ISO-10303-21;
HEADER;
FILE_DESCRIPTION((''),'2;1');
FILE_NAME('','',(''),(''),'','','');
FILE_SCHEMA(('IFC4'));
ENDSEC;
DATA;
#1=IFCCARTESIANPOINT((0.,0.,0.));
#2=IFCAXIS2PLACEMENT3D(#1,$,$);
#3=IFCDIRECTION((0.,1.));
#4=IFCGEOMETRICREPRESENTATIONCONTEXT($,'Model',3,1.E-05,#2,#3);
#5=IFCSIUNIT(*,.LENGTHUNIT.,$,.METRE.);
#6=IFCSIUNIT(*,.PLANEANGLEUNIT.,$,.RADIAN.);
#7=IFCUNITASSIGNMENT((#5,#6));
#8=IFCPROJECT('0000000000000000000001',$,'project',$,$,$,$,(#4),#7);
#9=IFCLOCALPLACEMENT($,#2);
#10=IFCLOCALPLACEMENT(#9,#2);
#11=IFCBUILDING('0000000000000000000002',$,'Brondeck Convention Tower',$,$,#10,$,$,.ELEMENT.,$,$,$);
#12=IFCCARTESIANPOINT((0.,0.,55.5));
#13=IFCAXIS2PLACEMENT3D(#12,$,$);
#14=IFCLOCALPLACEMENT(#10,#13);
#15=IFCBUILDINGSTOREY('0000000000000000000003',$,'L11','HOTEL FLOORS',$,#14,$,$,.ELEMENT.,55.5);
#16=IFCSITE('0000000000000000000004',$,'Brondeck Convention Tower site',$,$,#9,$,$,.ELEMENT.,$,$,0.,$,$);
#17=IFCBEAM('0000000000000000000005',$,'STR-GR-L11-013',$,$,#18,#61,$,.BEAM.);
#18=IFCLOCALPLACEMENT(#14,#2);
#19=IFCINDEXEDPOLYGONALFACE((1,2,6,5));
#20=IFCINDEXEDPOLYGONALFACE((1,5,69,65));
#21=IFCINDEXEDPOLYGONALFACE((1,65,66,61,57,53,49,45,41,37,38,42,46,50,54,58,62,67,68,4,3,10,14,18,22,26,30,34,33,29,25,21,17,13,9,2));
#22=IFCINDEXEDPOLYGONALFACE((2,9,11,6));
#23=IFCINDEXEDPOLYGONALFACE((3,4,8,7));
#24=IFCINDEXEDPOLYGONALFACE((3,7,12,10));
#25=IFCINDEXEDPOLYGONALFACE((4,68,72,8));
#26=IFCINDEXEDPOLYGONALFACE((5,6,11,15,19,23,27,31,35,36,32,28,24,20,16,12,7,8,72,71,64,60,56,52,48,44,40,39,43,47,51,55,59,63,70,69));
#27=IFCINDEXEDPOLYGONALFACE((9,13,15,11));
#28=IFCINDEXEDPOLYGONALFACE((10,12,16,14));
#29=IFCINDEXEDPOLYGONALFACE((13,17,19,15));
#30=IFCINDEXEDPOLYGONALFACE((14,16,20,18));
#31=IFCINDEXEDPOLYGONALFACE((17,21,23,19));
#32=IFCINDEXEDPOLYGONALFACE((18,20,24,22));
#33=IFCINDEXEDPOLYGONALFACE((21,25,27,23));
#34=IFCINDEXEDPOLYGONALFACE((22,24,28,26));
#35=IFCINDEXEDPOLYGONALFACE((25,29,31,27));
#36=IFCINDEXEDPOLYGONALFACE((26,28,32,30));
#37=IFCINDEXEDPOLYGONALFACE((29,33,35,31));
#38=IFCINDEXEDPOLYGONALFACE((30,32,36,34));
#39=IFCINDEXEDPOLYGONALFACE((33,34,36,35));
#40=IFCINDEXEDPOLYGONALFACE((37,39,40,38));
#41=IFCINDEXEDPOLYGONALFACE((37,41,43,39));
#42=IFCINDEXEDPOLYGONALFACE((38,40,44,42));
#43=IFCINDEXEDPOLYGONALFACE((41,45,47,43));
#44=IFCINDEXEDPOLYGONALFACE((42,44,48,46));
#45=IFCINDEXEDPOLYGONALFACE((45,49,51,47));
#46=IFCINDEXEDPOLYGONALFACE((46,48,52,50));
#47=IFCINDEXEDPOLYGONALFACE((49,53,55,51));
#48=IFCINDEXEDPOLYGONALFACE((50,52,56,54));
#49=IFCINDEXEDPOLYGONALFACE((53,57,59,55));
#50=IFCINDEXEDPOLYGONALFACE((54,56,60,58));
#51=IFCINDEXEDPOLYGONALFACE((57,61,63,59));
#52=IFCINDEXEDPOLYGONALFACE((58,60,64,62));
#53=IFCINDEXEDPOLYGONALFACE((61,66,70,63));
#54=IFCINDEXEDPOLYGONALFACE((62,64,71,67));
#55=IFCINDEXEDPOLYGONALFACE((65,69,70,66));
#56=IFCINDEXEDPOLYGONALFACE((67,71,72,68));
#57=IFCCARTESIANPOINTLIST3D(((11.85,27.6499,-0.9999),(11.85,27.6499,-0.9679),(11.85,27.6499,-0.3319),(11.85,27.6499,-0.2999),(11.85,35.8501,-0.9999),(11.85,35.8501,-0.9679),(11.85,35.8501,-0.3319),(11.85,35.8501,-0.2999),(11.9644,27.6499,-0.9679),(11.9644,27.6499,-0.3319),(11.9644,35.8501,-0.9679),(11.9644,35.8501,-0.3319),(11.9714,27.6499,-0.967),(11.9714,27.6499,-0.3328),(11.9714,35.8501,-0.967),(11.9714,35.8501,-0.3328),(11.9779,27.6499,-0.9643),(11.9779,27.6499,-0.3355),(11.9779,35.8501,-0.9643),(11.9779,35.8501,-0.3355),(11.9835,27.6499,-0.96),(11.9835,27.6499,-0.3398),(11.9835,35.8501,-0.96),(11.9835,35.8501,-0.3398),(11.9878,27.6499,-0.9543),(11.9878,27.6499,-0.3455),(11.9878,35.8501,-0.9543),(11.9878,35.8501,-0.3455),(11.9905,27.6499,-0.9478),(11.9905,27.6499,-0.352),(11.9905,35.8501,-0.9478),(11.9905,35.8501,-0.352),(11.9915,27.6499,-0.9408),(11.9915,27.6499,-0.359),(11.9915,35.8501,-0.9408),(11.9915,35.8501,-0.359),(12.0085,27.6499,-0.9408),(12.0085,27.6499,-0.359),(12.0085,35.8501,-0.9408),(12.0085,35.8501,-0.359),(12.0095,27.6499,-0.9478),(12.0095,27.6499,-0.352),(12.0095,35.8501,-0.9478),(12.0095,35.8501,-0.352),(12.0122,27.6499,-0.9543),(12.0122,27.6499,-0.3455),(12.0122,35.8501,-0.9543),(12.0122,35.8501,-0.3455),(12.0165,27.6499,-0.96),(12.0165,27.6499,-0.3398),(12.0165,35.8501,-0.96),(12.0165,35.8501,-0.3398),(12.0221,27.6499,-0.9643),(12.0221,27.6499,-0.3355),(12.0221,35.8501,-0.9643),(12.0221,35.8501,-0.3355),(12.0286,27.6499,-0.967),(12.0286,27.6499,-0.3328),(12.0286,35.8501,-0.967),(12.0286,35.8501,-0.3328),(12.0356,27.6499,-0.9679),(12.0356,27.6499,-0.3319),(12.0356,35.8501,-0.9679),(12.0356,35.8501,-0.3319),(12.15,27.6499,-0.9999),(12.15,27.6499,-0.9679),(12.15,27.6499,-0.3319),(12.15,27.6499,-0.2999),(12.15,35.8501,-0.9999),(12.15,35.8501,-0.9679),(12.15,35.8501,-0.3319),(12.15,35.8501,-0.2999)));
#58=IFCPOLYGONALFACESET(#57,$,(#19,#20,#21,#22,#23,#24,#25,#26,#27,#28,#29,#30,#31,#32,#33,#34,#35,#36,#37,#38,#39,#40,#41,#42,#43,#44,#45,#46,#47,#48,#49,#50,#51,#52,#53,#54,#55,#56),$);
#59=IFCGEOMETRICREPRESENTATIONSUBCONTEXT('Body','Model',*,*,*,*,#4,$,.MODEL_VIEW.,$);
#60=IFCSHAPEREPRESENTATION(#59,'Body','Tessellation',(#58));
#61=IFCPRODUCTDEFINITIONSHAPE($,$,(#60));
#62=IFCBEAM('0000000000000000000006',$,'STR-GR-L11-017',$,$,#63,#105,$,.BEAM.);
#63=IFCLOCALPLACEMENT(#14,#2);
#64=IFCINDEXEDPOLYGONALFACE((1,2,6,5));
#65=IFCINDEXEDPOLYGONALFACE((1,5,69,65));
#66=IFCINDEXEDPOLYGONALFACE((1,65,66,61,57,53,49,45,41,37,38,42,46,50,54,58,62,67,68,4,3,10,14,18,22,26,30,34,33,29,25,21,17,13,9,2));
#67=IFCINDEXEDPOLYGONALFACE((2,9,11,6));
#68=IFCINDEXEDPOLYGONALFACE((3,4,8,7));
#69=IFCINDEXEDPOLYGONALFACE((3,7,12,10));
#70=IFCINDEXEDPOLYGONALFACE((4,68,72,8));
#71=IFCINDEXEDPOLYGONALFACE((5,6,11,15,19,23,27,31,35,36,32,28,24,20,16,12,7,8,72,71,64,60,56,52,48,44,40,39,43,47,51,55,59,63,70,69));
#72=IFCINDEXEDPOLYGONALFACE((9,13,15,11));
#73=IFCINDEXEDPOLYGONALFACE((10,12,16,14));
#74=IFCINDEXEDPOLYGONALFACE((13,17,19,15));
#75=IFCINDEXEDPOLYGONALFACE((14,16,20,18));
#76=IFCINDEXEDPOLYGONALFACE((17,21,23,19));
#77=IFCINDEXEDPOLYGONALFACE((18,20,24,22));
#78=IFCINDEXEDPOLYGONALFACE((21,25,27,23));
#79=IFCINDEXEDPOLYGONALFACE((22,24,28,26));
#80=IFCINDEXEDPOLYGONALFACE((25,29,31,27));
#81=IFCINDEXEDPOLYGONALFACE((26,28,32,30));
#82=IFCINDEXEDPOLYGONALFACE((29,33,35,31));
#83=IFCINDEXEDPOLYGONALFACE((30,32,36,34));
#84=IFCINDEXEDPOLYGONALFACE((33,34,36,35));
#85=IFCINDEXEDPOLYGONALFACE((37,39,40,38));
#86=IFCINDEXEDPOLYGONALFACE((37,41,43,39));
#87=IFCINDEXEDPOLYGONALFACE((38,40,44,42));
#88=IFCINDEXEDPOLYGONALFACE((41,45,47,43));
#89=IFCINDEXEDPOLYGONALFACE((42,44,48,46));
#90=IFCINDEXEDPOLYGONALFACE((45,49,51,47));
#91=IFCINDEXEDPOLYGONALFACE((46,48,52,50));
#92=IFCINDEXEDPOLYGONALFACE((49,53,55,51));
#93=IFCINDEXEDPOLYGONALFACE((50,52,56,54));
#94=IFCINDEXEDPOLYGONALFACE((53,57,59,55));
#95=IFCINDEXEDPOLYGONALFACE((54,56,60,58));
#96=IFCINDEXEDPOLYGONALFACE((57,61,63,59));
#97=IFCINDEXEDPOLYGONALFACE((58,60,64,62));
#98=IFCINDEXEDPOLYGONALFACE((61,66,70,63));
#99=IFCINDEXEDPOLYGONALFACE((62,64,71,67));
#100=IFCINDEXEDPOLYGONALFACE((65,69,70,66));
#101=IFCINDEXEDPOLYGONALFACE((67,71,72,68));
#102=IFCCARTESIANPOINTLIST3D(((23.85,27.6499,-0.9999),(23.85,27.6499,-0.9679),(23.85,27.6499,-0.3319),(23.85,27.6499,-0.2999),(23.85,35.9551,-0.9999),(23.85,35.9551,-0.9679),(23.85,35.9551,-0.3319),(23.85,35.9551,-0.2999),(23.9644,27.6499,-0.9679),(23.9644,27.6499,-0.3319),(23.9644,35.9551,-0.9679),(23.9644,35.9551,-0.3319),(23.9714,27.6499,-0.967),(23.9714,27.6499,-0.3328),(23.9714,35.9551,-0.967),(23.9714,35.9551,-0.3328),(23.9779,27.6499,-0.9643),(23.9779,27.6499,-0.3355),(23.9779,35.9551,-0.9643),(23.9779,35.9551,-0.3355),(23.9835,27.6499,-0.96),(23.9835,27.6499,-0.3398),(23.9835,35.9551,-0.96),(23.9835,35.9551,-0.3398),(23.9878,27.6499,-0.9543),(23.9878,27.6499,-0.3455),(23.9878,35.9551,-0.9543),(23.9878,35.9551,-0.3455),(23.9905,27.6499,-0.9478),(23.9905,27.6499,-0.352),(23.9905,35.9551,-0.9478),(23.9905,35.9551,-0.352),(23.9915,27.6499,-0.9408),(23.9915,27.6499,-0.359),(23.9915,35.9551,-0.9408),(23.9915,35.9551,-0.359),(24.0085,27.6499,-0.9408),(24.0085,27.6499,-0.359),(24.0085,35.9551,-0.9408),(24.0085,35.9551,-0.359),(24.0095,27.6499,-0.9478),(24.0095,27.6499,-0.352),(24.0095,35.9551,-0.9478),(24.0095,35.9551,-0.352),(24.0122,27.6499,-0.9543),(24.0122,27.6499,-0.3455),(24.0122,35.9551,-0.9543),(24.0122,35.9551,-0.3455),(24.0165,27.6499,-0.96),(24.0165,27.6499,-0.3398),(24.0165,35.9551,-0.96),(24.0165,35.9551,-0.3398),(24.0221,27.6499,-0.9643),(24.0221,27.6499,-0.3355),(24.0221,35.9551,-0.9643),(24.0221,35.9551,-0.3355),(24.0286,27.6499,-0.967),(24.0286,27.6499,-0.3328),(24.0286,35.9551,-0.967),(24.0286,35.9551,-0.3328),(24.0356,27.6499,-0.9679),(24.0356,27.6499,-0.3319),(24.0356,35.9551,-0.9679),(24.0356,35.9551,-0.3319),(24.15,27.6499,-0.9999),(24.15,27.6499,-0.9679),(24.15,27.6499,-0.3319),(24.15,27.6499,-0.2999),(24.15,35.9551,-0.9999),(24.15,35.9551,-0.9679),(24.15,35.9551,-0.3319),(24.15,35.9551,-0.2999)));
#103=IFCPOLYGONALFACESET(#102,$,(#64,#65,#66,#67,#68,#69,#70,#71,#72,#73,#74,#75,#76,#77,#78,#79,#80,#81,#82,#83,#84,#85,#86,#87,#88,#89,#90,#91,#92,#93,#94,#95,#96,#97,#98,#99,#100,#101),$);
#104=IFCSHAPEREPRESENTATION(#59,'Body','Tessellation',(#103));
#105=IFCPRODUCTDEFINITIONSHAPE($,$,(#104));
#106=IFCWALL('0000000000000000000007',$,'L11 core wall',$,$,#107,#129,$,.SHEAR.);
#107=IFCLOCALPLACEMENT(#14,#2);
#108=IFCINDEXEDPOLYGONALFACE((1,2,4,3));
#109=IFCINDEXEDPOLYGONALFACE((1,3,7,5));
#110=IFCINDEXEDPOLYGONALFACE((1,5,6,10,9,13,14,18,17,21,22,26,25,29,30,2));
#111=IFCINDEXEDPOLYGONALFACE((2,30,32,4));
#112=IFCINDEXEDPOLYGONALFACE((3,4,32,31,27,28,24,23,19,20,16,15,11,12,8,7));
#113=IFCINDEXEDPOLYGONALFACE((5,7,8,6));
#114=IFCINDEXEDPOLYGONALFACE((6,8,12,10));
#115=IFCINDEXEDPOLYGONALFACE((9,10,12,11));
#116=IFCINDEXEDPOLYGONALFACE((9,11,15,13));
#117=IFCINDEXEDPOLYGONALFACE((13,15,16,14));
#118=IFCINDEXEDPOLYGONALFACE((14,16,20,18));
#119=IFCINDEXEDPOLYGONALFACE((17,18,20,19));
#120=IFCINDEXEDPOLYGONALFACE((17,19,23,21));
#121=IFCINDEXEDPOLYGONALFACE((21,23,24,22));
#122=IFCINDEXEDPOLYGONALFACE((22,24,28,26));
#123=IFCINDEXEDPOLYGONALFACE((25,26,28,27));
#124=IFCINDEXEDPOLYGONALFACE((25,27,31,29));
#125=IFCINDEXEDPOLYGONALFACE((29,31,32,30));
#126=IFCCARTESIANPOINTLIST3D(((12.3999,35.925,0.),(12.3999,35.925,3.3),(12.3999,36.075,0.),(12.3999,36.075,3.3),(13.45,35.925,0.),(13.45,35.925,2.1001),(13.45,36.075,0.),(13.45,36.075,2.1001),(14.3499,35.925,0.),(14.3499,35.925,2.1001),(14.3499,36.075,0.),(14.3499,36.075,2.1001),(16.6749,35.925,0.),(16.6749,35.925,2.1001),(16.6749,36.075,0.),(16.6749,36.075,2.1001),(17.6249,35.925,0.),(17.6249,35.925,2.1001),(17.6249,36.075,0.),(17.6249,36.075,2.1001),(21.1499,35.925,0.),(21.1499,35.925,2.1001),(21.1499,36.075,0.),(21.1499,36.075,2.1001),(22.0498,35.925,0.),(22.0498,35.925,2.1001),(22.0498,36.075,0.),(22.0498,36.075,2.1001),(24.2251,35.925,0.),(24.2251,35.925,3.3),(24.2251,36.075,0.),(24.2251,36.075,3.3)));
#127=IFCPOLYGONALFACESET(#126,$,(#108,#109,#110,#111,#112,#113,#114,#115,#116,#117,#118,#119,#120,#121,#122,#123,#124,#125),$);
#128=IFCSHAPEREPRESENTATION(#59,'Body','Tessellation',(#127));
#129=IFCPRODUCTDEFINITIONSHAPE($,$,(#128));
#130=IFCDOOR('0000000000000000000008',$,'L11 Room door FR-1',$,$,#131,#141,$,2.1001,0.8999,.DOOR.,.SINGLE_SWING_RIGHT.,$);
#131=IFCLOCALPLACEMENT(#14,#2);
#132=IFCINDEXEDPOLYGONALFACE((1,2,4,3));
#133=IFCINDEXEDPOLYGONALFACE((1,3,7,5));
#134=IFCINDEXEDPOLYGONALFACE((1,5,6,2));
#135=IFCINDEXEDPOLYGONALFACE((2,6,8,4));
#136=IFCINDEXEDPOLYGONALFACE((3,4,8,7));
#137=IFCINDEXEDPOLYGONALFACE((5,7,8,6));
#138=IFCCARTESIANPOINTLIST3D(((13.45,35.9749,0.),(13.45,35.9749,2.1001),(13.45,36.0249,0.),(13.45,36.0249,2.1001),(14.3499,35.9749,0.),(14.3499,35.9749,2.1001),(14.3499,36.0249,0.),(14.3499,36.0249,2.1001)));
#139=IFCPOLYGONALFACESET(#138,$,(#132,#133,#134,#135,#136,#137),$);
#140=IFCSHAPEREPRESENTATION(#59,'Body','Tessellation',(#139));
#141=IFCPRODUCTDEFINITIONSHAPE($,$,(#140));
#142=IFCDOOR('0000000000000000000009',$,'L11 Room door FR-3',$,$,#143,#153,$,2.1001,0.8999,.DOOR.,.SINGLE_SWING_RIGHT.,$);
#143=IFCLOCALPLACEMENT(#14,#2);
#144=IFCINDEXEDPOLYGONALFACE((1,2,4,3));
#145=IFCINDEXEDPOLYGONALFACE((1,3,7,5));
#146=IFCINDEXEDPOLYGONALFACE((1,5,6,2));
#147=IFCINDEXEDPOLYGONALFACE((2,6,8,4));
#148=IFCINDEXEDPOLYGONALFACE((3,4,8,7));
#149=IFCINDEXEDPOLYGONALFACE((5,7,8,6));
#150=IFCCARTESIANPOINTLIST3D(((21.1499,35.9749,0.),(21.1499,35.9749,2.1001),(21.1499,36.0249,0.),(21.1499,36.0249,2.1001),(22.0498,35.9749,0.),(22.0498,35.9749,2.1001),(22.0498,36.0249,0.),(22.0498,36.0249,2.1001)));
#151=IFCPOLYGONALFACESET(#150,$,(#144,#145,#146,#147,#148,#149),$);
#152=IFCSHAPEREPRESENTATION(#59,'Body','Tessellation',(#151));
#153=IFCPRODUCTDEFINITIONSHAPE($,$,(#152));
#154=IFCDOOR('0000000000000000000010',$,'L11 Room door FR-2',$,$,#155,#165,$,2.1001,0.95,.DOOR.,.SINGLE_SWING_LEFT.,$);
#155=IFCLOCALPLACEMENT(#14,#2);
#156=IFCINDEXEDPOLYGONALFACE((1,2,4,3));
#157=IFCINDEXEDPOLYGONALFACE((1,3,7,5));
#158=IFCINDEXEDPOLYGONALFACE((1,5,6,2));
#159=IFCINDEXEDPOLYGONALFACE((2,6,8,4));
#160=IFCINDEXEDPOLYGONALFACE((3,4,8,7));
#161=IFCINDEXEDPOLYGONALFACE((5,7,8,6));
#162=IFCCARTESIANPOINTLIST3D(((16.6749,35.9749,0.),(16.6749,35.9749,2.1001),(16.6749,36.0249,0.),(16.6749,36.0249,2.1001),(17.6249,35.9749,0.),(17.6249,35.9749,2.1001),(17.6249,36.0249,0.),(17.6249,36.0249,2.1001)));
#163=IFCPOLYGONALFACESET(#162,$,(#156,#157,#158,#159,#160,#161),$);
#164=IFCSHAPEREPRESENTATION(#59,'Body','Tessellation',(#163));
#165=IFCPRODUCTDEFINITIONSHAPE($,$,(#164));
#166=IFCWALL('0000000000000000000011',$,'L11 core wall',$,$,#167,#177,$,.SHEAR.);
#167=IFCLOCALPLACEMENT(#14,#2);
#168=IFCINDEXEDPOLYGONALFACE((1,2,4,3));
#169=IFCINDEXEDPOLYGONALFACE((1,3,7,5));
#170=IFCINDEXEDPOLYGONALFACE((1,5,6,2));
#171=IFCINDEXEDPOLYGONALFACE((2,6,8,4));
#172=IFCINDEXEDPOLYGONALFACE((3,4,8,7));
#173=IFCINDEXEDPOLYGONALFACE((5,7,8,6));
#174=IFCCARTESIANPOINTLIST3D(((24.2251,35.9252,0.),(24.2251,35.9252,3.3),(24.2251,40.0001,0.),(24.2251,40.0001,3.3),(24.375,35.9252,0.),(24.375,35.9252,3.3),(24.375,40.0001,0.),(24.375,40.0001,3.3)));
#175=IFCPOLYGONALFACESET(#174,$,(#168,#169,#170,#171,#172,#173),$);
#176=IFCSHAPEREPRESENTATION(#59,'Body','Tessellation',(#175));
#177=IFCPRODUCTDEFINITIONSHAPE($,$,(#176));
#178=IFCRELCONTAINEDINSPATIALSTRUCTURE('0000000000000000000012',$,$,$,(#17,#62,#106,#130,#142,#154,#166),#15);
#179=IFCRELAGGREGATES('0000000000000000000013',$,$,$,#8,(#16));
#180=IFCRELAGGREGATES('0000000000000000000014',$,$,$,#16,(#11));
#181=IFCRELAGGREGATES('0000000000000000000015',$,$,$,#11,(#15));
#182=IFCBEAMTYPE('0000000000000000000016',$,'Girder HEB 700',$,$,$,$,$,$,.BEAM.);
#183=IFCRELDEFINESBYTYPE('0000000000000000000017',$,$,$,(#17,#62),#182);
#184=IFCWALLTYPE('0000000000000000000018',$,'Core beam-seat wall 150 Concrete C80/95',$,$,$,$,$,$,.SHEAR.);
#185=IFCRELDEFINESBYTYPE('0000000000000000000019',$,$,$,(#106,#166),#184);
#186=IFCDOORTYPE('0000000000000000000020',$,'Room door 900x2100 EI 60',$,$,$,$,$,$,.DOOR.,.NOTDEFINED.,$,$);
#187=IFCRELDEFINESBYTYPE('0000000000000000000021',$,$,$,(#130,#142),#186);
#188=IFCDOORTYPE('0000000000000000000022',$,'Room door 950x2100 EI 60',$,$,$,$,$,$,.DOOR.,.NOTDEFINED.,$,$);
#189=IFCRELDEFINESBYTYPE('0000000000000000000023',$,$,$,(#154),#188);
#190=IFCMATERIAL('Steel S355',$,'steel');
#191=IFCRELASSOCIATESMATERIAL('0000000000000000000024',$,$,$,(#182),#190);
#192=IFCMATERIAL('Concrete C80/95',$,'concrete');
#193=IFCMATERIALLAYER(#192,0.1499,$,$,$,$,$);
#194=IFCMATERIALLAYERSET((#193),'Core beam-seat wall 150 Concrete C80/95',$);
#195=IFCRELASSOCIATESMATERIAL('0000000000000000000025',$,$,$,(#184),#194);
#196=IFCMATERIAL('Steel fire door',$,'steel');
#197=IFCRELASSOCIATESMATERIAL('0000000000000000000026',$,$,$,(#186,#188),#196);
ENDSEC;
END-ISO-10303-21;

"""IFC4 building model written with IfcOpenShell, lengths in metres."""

from ifc_helpers import new_model, si_unit, direction, frame, frame_2d, origin, origin_2d, place, context, subcontext, project, spatial, rectangle, i_section, extrude, material, layer, layer_set, material_profile, profile_set, type_object, element, fill, save


model = new_model("IFC4")

# Units and contexts
model_context = context("Model", 3, precision=1e-05, world=origin(), true_north=direction((0.0, 1.0)))
body_context = subcontext(model_context, "Body", "Model", "MODEL_VIEW")
ifc_project = project(units=[si_unit("LENGTHUNIT", "METRE"), si_unit("PLANEANGLEUNIT", "RADIAN")], contexts=[model_context])

# Site, building, storey
site_placement = place(None, origin())
site = spatial("IfcSite", under=ifc_project, at=site_placement, Name="Brondeck Convention Tower site", CompositionType="ELEMENT", RefElevation=0.0)
building_placement = place(site_placement, origin())
building = spatial("IfcBuilding", under=site, at=building_placement, Name="Brondeck Convention Tower", CompositionType="ELEMENT")
storey_placement = place(building_placement, frame((0.0, 0.0, 55.5)))
storey = spatial("IfcBuildingStorey", under=building, at=storey_placement, Name="L11", Description="HOTEL FLOORS", CompositionType="ELEMENT", Elevation=55.5)

# Beams
ifc_material_1 = material(Name="Steel S355", Category="steel")
ifc_material_profile = material_profile(ifc_material_1, i_section(OverallWidth=0.3, OverallDepth=0.7, WebThickness=0.0171, FlangeThickness=0.032, FilletRadius=0.0271, at=origin_2d()), Name="HEB 700")
ifc_profile_set = profile_set([ifc_material_profile], Name="Steel S355")
beam_type = type_object("IfcBeamType", Name="Girder HEB 700", PredefinedType="BEAM", material=ifc_profile_set)
beam_1_placement = place(storey_placement, frame((12.0, 35.8501, -0.6499), z_axis=(0.0, -1.0, 0.0), x_axis=(1.0, 0.0, 0.0)))
element("IfcBeam", 1, at=beam_1_placement, inside=storey, type_object=beam_type, Name="STR-GR-L11-013", PredefinedType="BEAM", context=body_context, shape_type="SweptSolid", body=[
    extrude(i_section(OverallWidth=0.3, OverallDepth=0.7, WebThickness=0.0171, FlangeThickness=0.032, FilletRadius=0.0271, at=origin_2d()), origin(), (0.0, 0.0, 1.0), 8.2002),
])
beam_2_placement = place(storey_placement, frame((24.0, 35.9551, -0.6499), z_axis=(0.0, -1.0, 0.0), x_axis=(1.0, 0.0, 0.0)))
element("IfcBeam", 2, at=beam_2_placement, inside=storey, type_object=beam_type, Name="STR-GR-L11-017", PredefinedType="BEAM", context=body_context, shape_type="SweptSolid", body=[
    extrude(i_section(OverallWidth=0.3, OverallDepth=0.7, WebThickness=0.0171, FlangeThickness=0.032, FilletRadius=0.0271, at=origin_2d()), origin(), (0.0, 0.0, 1.0), 8.3052),
])

# Wall, openings, doors
ifc_material_2 = material(Name="Concrete C80/95", Category="concrete")
ifc_layer_1 = layer(ifc_material_2, 0.1499)
ifc_layer_set_1 = layer_set([ifc_layer_1], Name="Core beam-seat wall 150 Concrete C80/95")
wall_type_1 = type_object("IfcWallType", Name="Core beam-seat wall 150 Concrete C80/95", PredefinedType="SHEAR", material=ifc_layer_set_1)
wall_1_placement = place(storey_placement, frame((12.3999, 36.0, 0.0), z_axis=(0.0, 0.0, 1.0), x_axis=(1.0, 0.0, 0.0)))
wall_1 = element("IfcWall", 3, at=wall_1_placement, inside=storey, type_object=wall_type_1, Name="L11 core wall", PredefinedType="SHEAR", context=body_context, shape_type="SweptSolid", body=[
    extrude(rectangle(XDim=11.8252, YDim=0.1499, at=frame_2d((5.9126, 0.0))), origin(), (0.0, 0.0, 1.0), 3.3),
])
opening_1_placement = place(wall_1_placement, frame((1.05, 0.0, 0.0)))
opening_1 = element("IfcOpeningElement", 4, at=opening_1_placement, cuts=wall_1, PredefinedType="OPENING", context=body_context, shape_type="SweptSolid", body=[
    extrude(rectangle(XDim=0.8999, YDim=2.1001, at=frame_2d((0.45, 1.05))), frame((0.0, 0.085, 0.0), z_axis=(0.0, -1.0, 0.0), x_axis=(1.0, 0.0, 0.0)), (0.0, 0.0, 1.0), 0.1699),
])
opening_2_placement = place(wall_1_placement, frame((4.2749, 0.0, 0.0)))
opening_2 = element("IfcOpeningElement", 5, at=opening_2_placement, cuts=wall_1, PredefinedType="OPENING", context=body_context, shape_type="SweptSolid", body=[
    extrude(rectangle(XDim=0.95, YDim=2.1001, at=frame_2d((0.4751, 1.05))), frame((0.0, 0.085, 0.0), z_axis=(0.0, -1.0, 0.0), x_axis=(1.0, 0.0, 0.0)), (0.0, 0.0, 1.0), 0.1699),
])
opening_3_placement = place(wall_1_placement, frame((8.75, 0.0, 0.0)))
opening_3 = element("IfcOpeningElement", 6, at=opening_3_placement, cuts=wall_1, PredefinedType="OPENING", context=body_context, shape_type="SweptSolid", body=[
    extrude(rectangle(XDim=0.8999, YDim=2.1001, at=frame_2d((0.45, 1.05))), frame((0.0, 0.085, 0.0), z_axis=(0.0, -1.0, 0.0), x_axis=(1.0, 0.0, 0.0)), (0.0, 0.0, 1.0), 0.1699),
])
ifc_material_3 = material(Name="Steel fire door", Category="steel")
door_type_1 = type_object("IfcDoorType", Name="Room door 900x2100 EI 60", OperationType="NOTDEFINED", PredefinedType="DOOR", material=ifc_material_3)
door_1_placement = place(opening_1_placement, origin())
door_1 = element("IfcDoor", 7, at=door_1_placement, inside=storey, type_object=door_type_1, Name="L11 Room door FR-1", OperationType="SINGLE_SWING_RIGHT", OverallHeight=2.1001, OverallWidth=0.8999, PredefinedType="DOOR", context=body_context, shape_type="SweptSolid", body=[
    extrude(rectangle(XDim=0.8999, YDim=2.1001, at=frame_2d((0.45, 1.05))), frame((0.0, 0.0249, 0.0), z_axis=(0.0, -1.0, 0.0), x_axis=(1.0, 0.0, 0.0)), (0.0, 0.0, 1.0), 0.05),
])
fill(opening_1, door_1)
door_2_placement = place(opening_3_placement, origin())
door_2 = element("IfcDoor", 8, at=door_2_placement, inside=storey, type_object=door_type_1, Name="L11 Room door FR-3", OperationType="SINGLE_SWING_RIGHT", OverallHeight=2.1001, OverallWidth=0.8999, PredefinedType="DOOR", context=body_context, shape_type="SweptSolid", body=[
    extrude(rectangle(XDim=0.8999, YDim=2.1001, at=frame_2d((0.45, 1.05))), frame((0.0, 0.0249, 0.0), z_axis=(0.0, -1.0, 0.0), x_axis=(1.0, 0.0, 0.0)), (0.0, 0.0, 1.0), 0.05),
])
fill(opening_3, door_2)
door_type_2 = type_object("IfcDoorType", Name="Room door 950x2100 EI 60", OperationType="NOTDEFINED", PredefinedType="DOOR", material=ifc_material_3)
door_3_placement = place(opening_2_placement, origin())
door_3 = element("IfcDoor", 9, at=door_3_placement, inside=storey, type_object=door_type_2, Name="L11 Room door FR-2", OperationType="SINGLE_SWING_LEFT", OverallHeight=2.1001, OverallWidth=0.95, PredefinedType="DOOR", context=body_context, shape_type="SweptSolid", body=[
    extrude(rectangle(XDim=0.95, YDim=2.1001, at=frame_2d((0.4751, 1.05))), frame((0.0, 0.0249, 0.0), z_axis=(0.0, -1.0, 0.0), x_axis=(1.0, 0.0, 0.0)), (0.0, 0.0, 1.0), 0.05),
])
fill(opening_2, door_3)

# Wall
wall_2_placement = place(storey_placement, frame((24.3, 35.925, 0.0), z_axis=(0.0, 0.0, 1.0), x_axis=(0.0, 1.0, 0.0)))
element("IfcWall", 10, at=wall_2_placement, inside=storey, type_object=wall_type_1, Name="L11 core wall", PredefinedType="SHEAR", context=body_context, shape_type="SweptSolid", body=[
    extrude(rectangle(XDim=4.075, YDim=0.1499, at=frame_2d((2.0376, 0.0))), origin(), (0.0, 0.0, 1.0), 3.3),
])

save(model, "model.ifc")
